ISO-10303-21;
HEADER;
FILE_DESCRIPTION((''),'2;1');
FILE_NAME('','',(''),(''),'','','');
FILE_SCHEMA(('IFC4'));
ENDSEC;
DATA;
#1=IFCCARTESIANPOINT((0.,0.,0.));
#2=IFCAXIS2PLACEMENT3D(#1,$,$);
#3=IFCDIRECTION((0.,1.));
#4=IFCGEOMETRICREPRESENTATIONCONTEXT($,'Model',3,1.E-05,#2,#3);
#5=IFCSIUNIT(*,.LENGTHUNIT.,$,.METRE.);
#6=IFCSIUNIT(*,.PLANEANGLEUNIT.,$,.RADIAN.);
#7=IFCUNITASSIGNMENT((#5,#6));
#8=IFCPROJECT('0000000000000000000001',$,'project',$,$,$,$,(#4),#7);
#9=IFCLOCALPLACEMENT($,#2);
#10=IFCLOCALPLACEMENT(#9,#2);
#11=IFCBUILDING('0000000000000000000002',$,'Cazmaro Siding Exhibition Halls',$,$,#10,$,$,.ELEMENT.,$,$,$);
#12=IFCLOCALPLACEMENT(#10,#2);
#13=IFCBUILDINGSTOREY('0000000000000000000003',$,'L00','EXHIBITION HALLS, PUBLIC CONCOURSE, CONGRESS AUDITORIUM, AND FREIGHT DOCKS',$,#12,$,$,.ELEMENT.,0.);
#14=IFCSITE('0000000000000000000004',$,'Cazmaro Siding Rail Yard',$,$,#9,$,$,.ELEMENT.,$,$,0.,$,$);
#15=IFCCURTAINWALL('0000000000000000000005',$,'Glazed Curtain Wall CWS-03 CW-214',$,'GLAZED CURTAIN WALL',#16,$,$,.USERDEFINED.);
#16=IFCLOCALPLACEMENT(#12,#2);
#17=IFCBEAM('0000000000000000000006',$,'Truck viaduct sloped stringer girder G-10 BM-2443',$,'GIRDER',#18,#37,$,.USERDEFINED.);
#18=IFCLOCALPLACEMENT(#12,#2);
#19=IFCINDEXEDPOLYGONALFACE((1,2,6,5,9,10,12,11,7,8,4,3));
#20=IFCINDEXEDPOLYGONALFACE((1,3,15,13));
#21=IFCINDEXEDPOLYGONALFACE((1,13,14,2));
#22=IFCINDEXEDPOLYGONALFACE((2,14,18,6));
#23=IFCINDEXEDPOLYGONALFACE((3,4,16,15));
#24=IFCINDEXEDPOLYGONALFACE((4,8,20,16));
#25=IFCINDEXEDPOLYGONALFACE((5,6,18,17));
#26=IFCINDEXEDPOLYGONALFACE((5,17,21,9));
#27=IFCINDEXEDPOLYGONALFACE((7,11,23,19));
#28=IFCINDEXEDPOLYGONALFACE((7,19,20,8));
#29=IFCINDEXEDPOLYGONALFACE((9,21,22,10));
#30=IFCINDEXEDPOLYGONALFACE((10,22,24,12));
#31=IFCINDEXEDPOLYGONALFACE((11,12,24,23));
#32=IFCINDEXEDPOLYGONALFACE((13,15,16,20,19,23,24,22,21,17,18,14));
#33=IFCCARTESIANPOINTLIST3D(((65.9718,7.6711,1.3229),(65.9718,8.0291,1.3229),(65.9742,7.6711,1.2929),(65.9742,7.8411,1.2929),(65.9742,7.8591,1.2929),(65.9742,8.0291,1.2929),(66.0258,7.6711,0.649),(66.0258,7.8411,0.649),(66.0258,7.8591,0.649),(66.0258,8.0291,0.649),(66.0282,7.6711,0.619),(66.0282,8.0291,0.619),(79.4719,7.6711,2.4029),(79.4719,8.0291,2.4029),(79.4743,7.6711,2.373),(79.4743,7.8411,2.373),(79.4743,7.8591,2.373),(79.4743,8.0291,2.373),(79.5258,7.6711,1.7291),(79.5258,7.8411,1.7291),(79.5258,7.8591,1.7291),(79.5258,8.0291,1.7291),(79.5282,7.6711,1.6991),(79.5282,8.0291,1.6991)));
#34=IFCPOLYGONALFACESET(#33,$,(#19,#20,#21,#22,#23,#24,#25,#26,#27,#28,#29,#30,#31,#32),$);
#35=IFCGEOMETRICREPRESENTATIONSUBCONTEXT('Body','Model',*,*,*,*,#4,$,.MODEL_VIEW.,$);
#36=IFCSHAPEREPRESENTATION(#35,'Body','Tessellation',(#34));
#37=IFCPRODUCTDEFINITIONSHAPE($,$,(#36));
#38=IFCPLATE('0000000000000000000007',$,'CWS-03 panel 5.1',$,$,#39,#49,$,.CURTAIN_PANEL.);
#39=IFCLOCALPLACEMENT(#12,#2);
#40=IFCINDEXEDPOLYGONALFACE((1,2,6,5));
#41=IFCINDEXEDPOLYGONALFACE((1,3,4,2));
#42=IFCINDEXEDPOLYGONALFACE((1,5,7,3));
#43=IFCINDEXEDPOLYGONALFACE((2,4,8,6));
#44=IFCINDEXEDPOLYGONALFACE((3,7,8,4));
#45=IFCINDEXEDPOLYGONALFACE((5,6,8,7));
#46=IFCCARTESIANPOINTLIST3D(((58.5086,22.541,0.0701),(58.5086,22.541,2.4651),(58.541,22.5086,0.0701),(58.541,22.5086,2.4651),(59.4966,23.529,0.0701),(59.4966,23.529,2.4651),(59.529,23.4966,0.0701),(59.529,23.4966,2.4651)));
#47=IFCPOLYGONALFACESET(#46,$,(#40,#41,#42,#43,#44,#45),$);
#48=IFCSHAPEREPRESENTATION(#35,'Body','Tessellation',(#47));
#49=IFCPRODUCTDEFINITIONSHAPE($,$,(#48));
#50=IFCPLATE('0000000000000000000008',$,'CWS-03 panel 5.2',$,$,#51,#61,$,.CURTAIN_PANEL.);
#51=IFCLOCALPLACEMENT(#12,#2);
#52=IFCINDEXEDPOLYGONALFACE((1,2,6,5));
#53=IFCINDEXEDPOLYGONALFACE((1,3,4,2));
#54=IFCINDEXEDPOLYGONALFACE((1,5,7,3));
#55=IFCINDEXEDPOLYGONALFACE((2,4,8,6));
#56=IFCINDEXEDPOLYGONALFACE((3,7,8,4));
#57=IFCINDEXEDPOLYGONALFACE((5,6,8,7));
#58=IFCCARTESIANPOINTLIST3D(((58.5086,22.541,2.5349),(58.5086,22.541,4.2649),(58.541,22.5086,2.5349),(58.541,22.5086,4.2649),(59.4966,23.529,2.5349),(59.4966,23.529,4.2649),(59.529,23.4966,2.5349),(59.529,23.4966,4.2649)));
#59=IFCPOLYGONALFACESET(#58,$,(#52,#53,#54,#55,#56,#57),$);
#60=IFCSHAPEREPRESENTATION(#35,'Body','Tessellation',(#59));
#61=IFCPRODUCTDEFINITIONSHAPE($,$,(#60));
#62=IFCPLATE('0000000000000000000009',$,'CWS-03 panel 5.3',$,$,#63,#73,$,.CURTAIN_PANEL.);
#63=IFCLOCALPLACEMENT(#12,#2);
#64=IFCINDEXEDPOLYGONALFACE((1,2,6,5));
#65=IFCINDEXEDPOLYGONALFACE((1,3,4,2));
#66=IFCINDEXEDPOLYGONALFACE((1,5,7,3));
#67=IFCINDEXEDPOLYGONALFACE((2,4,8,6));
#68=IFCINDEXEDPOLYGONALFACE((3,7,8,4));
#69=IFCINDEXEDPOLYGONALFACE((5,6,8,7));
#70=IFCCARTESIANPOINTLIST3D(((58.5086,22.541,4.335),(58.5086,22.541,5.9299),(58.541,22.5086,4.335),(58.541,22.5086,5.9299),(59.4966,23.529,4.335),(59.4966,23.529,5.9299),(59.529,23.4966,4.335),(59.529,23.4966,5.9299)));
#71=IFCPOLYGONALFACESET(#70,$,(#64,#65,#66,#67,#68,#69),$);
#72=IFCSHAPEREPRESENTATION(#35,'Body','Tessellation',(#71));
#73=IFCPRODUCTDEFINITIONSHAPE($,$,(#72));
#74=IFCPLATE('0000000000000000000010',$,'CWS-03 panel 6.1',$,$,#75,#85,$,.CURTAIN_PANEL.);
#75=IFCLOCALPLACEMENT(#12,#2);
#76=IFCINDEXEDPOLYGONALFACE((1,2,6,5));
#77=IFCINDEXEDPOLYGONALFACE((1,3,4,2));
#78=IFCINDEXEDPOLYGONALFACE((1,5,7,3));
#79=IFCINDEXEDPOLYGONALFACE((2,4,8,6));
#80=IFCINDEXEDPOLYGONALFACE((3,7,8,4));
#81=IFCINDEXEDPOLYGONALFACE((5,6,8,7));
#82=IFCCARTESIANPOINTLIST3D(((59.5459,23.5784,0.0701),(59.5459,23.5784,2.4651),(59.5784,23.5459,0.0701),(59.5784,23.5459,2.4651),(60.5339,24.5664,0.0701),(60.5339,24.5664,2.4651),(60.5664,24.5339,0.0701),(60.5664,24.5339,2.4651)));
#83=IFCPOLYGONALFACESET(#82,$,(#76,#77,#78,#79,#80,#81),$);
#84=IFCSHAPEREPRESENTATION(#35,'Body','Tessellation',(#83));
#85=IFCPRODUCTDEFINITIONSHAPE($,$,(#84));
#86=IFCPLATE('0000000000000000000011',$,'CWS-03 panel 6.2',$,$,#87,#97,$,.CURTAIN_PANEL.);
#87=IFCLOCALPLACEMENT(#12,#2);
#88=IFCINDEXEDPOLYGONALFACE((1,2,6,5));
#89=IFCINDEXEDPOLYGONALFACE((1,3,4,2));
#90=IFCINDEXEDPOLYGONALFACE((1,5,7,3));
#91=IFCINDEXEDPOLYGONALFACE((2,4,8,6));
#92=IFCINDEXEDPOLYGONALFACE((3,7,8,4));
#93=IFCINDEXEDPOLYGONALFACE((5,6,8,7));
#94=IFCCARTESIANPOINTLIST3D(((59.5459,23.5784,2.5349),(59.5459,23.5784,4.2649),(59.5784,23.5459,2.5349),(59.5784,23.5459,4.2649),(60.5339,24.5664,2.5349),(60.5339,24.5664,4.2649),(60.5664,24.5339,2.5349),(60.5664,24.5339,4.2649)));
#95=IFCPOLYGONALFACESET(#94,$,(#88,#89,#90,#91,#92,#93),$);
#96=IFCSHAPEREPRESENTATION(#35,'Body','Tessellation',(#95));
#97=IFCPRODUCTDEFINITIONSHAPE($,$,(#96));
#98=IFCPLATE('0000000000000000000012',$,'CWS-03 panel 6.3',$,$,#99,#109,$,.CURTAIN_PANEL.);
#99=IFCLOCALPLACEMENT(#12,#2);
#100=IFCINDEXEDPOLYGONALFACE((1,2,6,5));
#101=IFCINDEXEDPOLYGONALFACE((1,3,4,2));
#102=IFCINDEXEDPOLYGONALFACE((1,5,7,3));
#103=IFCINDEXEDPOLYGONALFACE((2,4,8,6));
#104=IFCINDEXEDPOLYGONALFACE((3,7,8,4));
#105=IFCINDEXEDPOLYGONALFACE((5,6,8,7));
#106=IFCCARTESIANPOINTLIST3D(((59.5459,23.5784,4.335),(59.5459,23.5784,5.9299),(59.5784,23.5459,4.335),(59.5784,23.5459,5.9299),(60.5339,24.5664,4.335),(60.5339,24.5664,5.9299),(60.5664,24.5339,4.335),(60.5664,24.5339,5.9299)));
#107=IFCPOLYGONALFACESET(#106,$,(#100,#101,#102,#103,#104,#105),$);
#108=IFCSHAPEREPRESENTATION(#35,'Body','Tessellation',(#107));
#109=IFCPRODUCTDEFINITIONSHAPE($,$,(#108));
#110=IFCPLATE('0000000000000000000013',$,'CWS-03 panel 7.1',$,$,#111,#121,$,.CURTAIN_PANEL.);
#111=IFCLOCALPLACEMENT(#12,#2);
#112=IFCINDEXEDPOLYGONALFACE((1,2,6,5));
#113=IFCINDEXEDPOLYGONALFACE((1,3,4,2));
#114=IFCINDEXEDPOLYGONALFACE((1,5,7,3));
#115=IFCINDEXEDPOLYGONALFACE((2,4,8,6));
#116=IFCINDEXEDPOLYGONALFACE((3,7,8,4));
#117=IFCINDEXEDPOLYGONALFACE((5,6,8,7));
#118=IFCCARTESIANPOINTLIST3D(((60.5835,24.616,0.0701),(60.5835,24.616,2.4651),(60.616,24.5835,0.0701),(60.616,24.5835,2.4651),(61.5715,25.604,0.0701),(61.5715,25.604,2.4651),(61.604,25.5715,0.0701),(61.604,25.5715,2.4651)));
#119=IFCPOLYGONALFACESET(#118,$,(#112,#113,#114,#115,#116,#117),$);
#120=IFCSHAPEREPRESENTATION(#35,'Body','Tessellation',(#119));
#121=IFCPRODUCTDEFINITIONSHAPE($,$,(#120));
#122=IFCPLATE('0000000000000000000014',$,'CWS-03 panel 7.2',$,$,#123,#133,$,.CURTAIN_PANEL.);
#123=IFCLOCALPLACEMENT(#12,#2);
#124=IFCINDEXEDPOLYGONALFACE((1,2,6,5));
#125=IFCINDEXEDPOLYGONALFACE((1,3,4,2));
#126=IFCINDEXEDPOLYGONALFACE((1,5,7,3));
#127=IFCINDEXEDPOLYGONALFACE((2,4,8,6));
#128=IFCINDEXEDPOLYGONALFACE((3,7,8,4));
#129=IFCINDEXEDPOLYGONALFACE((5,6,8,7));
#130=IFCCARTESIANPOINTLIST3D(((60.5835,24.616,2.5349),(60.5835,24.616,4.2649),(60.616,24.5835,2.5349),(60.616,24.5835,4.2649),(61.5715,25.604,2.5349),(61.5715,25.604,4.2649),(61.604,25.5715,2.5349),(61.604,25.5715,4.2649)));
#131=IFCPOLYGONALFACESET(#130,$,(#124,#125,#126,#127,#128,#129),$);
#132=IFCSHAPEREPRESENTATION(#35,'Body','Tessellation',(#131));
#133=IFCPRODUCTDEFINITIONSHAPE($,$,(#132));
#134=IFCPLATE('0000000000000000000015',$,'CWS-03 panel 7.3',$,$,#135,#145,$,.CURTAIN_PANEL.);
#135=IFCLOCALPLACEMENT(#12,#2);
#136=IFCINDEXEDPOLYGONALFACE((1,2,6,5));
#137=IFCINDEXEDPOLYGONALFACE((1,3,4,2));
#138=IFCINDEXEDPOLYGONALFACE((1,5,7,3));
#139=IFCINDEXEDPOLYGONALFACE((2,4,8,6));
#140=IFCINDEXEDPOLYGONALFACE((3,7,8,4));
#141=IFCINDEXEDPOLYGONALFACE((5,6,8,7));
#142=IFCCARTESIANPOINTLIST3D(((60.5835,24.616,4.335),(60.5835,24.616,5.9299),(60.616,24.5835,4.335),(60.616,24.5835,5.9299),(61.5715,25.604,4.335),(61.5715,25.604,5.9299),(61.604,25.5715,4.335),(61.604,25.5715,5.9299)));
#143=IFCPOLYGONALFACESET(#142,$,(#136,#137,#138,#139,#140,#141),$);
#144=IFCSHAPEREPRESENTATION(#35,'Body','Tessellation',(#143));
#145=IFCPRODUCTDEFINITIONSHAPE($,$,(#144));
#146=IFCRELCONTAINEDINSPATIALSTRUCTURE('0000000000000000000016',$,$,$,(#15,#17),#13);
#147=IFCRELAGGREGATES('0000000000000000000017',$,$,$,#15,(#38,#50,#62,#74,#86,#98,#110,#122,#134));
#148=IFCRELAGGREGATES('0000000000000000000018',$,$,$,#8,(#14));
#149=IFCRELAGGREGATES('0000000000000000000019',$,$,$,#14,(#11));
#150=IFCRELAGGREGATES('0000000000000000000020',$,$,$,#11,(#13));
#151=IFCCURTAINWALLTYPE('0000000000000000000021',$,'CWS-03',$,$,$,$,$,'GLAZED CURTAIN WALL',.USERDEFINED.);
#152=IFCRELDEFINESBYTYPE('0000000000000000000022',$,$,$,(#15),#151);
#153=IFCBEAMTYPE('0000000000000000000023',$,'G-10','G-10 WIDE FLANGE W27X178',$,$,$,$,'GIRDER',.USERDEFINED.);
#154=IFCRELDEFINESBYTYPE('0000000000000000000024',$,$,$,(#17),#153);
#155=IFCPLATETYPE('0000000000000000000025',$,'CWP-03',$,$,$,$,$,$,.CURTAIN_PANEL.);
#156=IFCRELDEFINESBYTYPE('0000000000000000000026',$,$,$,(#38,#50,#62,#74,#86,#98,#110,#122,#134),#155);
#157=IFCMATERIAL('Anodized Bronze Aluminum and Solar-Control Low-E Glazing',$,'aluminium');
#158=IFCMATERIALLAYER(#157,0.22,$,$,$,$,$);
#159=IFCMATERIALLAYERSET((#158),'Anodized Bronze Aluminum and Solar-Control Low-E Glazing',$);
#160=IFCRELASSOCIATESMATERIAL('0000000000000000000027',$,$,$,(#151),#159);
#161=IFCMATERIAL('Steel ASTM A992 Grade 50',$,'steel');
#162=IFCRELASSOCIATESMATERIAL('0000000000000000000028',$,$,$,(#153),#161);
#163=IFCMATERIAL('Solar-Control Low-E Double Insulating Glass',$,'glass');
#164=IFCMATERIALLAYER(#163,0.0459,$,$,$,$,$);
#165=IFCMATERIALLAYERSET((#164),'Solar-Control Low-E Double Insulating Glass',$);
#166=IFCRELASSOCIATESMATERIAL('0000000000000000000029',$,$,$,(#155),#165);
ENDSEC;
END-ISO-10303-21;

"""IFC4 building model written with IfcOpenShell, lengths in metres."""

from ifc_helpers import new_model, si_unit, direction, frame, origin, origin_2d, place, context, subcontext, project, spatial, rectangle, i_section, extrude, material, layer, layer_set, material_profile, profile_set, type_object, element, aggregate, save


model = new_model("IFC4")

# Units and contexts
model_context = context("Model", 3, precision=1e-05, world=origin(), true_north=direction((0.0, 1.0)))
body_context = subcontext(model_context, "Body", "Model", "MODEL_VIEW")
ifc_project = project(units=[si_unit("LENGTHUNIT", "METRE"), si_unit("PLANEANGLEUNIT", "RADIAN")], contexts=[model_context])

# Site, building, storey
site_placement = place(None, origin())
site = spatial("IfcSite", under=ifc_project, at=site_placement, Name="Cazmaro Siding Rail Yard", CompositionType="ELEMENT", RefElevation=0.0)
building_placement = place(site_placement, origin())
building = spatial("IfcBuilding", under=site, at=building_placement, Name="Cazmaro Siding Exhibition Halls", CompositionType="ELEMENT")
storey_placement = place(building_placement, origin())
storey = spatial("IfcBuildingStorey", under=building, at=storey_placement, Name="L00", Description="EXHIBITION HALLS, PUBLIC CONCOURSE, CONGRESS AUDITORIUM, AND FREIGHT DOCKS", CompositionType="ELEMENT", Elevation=0.0)

# Curtain wall
ifc_material_1 = material(Name="Anodized Bronze Aluminum and Solar-Control Low-E Glazing", Category="aluminium")
ifc_layer_1 = layer(ifc_material_1, 0.22)
ifc_layer_set_1 = layer_set([ifc_layer_1], Name="Anodized Bronze Aluminum and Solar-Control Low-E Glazing")
curtain_wall_type = type_object("IfcCurtainWallType", Name="CWS-03", ElementType="GLAZED CURTAIN WALL", PredefinedType="USERDEFINED", material=ifc_layer_set_1)
curtain_wall_placement = place(storey_placement, origin())
curtain_wall = element("IfcCurtainWall", 1, at=curtain_wall_placement, inside=storey, type_object=curtain_wall_type, Name="Glazed Curtain Wall CWS-03 CW-214", ObjectType="GLAZED CURTAIN WALL", PredefinedType="USERDEFINED")

# Beam
ifc_material_2 = material(Name="Steel ASTM A992 Grade 50", Category="steel")
ifc_material_profile_1 = material_profile(ifc_material_2, i_section(OverallWidth=0.3579, OverallDepth=0.7061, WebThickness=0.0181, FlangeThickness=0.03, at=origin_2d()), Name="W27X178")
ifc_profile_set_1 = profile_set([ifc_material_profile_1], Name="Steel ASTM A992 Grade 50")
beam_type_1 = type_object("IfcBeamType", Name="G-10", Description="G-10 WIDE FLANGE W27X178", ElementType="GIRDER", PredefinedType="USERDEFINED", material=ifc_profile_set_1)
for number, where, z_axis, x_axis, name in (
    (2, (66.0, 7.8501, 0.9709), (0.996815, 0.0, 0.079751), (0.0, 1.0, 0.0), "Truck viaduct sloped stringer girder G-10 BM-2443"),
):
    element("IfcBeam", number, at=place(storey_placement, frame(where, z_axis=z_axis, x_axis=x_axis)), inside=storey, type_object=beam_type_1, Name=name, ObjectType="GIRDER", PredefinedType="USERDEFINED", context=body_context, shape_type="SweptSolid", body=[
        extrude(i_section(OverallWidth=0.3579, OverallDepth=0.7061, WebThickness=0.0181, FlangeThickness=0.03, at=origin_2d()), origin(), (0.0, 0.0, 1.0), 13.5432),
    ])

# Plates
ifc_material_3 = material(Name="Solar-Control Low-E Double Insulating Glass", Category="glass")
ifc_layer_2 = layer(ifc_material_3, 0.0459)
ifc_layer_set_2 = layer_set([ifc_layer_2], Name="Solar-Control Low-E Double Insulating Glass")
plate_type = type_object("IfcPlateType", Name="CWP-03", PredefinedType="CURTAIN_PANEL", material=ifc_layer_set_2)
plate_1_placement = place(storey_placement, frame((59.0188, 23.0188, 0.0701), z_axis=(0.0, 0.0, 1.0), x_axis=(0.707107, 0.707107, 0.0)))
plate_1 = element("IfcPlate", 3, at=plate_1_placement, type_object=plate_type, Name="CWS-03 panel 5.1", PredefinedType="CURTAIN_PANEL", context=body_context, shape_type="SweptSolid", body=[
    extrude(rectangle(XDim=1.3972, YDim=0.0459, at=origin_2d()), origin(), (0.0, 0.0, 1.0), 2.395),
])
plate_2_placement = place(storey_placement, frame((59.0188, 23.0188, 2.5349), z_axis=(0.0, 0.0, 1.0), x_axis=(0.707107, 0.707107, 0.0)))
plate_2 = element("IfcPlate", 4, at=plate_2_placement, type_object=plate_type, Name="CWS-03 panel 5.2", PredefinedType="CURTAIN_PANEL", context=body_context, shape_type="SweptSolid", body=[
    extrude(rectangle(XDim=1.3972, YDim=0.0459, at=origin_2d()), origin(), (0.0, 0.0, 1.0), 1.73),
])
plate_3_placement = place(storey_placement, frame((59.0188, 23.0188, 4.335), z_axis=(0.0, 0.0, 1.0), x_axis=(0.707107, 0.707107, 0.0)))
plate_3 = element("IfcPlate", 5, at=plate_3_placement, type_object=plate_type, Name="CWS-03 panel 5.3", PredefinedType="CURTAIN_PANEL", context=body_context, shape_type="SweptSolid", body=[
    extrude(rectangle(XDim=1.3972, YDim=0.0459, at=origin_2d()), origin(), (0.0, 0.0, 1.0), 1.595),
])
plate_4_placement = place(storey_placement, frame((60.0562, 24.0562, 0.0701), z_axis=(0.0, 0.0, 1.0), x_axis=(0.707107, 0.707107, 0.0)))
plate_4 = element("IfcPlate", 6, at=plate_4_placement, type_object=plate_type, Name="CWS-03 panel 6.1", PredefinedType="CURTAIN_PANEL", context=body_context, shape_type="SweptSolid", body=[
    extrude(rectangle(XDim=1.3972, YDim=0.0459, at=origin_2d()), origin(), (0.0, 0.0, 1.0), 2.395),
])
plate_5_placement = place(storey_placement, frame((60.0562, 24.0562, 2.5349), z_axis=(0.0, 0.0, 1.0), x_axis=(0.707107, 0.707107, 0.0)))
plate_5 = element("IfcPlate", 7, at=plate_5_placement, type_object=plate_type, Name="CWS-03 panel 6.2", PredefinedType="CURTAIN_PANEL", context=body_context, shape_type="SweptSolid", body=[
    extrude(rectangle(XDim=1.3972, YDim=0.0459, at=origin_2d()), origin(), (0.0, 0.0, 1.0), 1.73),
])
plate_6_placement = place(storey_placement, frame((60.0562, 24.0562, 4.335), z_axis=(0.0, 0.0, 1.0), x_axis=(0.707107, 0.707107, 0.0)))
plate_6 = element("IfcPlate", 8, at=plate_6_placement, type_object=plate_type, Name="CWS-03 panel 6.3", PredefinedType="CURTAIN_PANEL", context=body_context, shape_type="SweptSolid", body=[
    extrude(rectangle(XDim=1.3972, YDim=0.0459, at=origin_2d()), origin(), (0.0, 0.0, 1.0), 1.595),
])
plate_7_placement = place(storey_placement, frame((61.0938, 25.0938, 0.0701), z_axis=(0.0, 0.0, 1.0), x_axis=(0.707107, 0.707107, 0.0)))
plate_7 = element("IfcPlate", 9, at=plate_7_placement, type_object=plate_type, Name="CWS-03 panel 7.1", PredefinedType="CURTAIN_PANEL", context=body_context, shape_type="SweptSolid", body=[
    extrude(rectangle(XDim=1.3972, YDim=0.0459, at=origin_2d()), origin(), (0.0, 0.0, 1.0), 2.395),
])
plate_8_placement = place(storey_placement, frame((61.0938, 25.0938, 2.5349), z_axis=(0.0, 0.0, 1.0), x_axis=(0.707107, 0.707107, 0.0)))
plate_8 = element("IfcPlate", 10, at=plate_8_placement, type_object=plate_type, Name="CWS-03 panel 7.2", PredefinedType="CURTAIN_PANEL", context=body_context, shape_type="SweptSolid", body=[
    extrude(rectangle(XDim=1.3972, YDim=0.0459, at=origin_2d()), origin(), (0.0, 0.0, 1.0), 1.73),
])
plate_9_placement = place(storey_placement, frame((61.0938, 25.0938, 4.335), z_axis=(0.0, 0.0, 1.0), x_axis=(0.707107, 0.707107, 0.0)))
plate_9 = element("IfcPlate", 11, at=plate_9_placement, type_object=plate_type, Name="CWS-03 panel 7.3", PredefinedType="CURTAIN_PANEL", context=body_context, shape_type="SweptSolid", body=[
    extrude(rectangle(XDim=1.3972, YDim=0.0459, at=origin_2d()), origin(), (0.0, 0.0, 1.0), 1.595),
])
aggregate(curtain_wall, [plate_1, plate_2, plate_3, plate_4, plate_5, plate_6, plate_7, plate_8, plate_9])

save(model, "model.ifc")
